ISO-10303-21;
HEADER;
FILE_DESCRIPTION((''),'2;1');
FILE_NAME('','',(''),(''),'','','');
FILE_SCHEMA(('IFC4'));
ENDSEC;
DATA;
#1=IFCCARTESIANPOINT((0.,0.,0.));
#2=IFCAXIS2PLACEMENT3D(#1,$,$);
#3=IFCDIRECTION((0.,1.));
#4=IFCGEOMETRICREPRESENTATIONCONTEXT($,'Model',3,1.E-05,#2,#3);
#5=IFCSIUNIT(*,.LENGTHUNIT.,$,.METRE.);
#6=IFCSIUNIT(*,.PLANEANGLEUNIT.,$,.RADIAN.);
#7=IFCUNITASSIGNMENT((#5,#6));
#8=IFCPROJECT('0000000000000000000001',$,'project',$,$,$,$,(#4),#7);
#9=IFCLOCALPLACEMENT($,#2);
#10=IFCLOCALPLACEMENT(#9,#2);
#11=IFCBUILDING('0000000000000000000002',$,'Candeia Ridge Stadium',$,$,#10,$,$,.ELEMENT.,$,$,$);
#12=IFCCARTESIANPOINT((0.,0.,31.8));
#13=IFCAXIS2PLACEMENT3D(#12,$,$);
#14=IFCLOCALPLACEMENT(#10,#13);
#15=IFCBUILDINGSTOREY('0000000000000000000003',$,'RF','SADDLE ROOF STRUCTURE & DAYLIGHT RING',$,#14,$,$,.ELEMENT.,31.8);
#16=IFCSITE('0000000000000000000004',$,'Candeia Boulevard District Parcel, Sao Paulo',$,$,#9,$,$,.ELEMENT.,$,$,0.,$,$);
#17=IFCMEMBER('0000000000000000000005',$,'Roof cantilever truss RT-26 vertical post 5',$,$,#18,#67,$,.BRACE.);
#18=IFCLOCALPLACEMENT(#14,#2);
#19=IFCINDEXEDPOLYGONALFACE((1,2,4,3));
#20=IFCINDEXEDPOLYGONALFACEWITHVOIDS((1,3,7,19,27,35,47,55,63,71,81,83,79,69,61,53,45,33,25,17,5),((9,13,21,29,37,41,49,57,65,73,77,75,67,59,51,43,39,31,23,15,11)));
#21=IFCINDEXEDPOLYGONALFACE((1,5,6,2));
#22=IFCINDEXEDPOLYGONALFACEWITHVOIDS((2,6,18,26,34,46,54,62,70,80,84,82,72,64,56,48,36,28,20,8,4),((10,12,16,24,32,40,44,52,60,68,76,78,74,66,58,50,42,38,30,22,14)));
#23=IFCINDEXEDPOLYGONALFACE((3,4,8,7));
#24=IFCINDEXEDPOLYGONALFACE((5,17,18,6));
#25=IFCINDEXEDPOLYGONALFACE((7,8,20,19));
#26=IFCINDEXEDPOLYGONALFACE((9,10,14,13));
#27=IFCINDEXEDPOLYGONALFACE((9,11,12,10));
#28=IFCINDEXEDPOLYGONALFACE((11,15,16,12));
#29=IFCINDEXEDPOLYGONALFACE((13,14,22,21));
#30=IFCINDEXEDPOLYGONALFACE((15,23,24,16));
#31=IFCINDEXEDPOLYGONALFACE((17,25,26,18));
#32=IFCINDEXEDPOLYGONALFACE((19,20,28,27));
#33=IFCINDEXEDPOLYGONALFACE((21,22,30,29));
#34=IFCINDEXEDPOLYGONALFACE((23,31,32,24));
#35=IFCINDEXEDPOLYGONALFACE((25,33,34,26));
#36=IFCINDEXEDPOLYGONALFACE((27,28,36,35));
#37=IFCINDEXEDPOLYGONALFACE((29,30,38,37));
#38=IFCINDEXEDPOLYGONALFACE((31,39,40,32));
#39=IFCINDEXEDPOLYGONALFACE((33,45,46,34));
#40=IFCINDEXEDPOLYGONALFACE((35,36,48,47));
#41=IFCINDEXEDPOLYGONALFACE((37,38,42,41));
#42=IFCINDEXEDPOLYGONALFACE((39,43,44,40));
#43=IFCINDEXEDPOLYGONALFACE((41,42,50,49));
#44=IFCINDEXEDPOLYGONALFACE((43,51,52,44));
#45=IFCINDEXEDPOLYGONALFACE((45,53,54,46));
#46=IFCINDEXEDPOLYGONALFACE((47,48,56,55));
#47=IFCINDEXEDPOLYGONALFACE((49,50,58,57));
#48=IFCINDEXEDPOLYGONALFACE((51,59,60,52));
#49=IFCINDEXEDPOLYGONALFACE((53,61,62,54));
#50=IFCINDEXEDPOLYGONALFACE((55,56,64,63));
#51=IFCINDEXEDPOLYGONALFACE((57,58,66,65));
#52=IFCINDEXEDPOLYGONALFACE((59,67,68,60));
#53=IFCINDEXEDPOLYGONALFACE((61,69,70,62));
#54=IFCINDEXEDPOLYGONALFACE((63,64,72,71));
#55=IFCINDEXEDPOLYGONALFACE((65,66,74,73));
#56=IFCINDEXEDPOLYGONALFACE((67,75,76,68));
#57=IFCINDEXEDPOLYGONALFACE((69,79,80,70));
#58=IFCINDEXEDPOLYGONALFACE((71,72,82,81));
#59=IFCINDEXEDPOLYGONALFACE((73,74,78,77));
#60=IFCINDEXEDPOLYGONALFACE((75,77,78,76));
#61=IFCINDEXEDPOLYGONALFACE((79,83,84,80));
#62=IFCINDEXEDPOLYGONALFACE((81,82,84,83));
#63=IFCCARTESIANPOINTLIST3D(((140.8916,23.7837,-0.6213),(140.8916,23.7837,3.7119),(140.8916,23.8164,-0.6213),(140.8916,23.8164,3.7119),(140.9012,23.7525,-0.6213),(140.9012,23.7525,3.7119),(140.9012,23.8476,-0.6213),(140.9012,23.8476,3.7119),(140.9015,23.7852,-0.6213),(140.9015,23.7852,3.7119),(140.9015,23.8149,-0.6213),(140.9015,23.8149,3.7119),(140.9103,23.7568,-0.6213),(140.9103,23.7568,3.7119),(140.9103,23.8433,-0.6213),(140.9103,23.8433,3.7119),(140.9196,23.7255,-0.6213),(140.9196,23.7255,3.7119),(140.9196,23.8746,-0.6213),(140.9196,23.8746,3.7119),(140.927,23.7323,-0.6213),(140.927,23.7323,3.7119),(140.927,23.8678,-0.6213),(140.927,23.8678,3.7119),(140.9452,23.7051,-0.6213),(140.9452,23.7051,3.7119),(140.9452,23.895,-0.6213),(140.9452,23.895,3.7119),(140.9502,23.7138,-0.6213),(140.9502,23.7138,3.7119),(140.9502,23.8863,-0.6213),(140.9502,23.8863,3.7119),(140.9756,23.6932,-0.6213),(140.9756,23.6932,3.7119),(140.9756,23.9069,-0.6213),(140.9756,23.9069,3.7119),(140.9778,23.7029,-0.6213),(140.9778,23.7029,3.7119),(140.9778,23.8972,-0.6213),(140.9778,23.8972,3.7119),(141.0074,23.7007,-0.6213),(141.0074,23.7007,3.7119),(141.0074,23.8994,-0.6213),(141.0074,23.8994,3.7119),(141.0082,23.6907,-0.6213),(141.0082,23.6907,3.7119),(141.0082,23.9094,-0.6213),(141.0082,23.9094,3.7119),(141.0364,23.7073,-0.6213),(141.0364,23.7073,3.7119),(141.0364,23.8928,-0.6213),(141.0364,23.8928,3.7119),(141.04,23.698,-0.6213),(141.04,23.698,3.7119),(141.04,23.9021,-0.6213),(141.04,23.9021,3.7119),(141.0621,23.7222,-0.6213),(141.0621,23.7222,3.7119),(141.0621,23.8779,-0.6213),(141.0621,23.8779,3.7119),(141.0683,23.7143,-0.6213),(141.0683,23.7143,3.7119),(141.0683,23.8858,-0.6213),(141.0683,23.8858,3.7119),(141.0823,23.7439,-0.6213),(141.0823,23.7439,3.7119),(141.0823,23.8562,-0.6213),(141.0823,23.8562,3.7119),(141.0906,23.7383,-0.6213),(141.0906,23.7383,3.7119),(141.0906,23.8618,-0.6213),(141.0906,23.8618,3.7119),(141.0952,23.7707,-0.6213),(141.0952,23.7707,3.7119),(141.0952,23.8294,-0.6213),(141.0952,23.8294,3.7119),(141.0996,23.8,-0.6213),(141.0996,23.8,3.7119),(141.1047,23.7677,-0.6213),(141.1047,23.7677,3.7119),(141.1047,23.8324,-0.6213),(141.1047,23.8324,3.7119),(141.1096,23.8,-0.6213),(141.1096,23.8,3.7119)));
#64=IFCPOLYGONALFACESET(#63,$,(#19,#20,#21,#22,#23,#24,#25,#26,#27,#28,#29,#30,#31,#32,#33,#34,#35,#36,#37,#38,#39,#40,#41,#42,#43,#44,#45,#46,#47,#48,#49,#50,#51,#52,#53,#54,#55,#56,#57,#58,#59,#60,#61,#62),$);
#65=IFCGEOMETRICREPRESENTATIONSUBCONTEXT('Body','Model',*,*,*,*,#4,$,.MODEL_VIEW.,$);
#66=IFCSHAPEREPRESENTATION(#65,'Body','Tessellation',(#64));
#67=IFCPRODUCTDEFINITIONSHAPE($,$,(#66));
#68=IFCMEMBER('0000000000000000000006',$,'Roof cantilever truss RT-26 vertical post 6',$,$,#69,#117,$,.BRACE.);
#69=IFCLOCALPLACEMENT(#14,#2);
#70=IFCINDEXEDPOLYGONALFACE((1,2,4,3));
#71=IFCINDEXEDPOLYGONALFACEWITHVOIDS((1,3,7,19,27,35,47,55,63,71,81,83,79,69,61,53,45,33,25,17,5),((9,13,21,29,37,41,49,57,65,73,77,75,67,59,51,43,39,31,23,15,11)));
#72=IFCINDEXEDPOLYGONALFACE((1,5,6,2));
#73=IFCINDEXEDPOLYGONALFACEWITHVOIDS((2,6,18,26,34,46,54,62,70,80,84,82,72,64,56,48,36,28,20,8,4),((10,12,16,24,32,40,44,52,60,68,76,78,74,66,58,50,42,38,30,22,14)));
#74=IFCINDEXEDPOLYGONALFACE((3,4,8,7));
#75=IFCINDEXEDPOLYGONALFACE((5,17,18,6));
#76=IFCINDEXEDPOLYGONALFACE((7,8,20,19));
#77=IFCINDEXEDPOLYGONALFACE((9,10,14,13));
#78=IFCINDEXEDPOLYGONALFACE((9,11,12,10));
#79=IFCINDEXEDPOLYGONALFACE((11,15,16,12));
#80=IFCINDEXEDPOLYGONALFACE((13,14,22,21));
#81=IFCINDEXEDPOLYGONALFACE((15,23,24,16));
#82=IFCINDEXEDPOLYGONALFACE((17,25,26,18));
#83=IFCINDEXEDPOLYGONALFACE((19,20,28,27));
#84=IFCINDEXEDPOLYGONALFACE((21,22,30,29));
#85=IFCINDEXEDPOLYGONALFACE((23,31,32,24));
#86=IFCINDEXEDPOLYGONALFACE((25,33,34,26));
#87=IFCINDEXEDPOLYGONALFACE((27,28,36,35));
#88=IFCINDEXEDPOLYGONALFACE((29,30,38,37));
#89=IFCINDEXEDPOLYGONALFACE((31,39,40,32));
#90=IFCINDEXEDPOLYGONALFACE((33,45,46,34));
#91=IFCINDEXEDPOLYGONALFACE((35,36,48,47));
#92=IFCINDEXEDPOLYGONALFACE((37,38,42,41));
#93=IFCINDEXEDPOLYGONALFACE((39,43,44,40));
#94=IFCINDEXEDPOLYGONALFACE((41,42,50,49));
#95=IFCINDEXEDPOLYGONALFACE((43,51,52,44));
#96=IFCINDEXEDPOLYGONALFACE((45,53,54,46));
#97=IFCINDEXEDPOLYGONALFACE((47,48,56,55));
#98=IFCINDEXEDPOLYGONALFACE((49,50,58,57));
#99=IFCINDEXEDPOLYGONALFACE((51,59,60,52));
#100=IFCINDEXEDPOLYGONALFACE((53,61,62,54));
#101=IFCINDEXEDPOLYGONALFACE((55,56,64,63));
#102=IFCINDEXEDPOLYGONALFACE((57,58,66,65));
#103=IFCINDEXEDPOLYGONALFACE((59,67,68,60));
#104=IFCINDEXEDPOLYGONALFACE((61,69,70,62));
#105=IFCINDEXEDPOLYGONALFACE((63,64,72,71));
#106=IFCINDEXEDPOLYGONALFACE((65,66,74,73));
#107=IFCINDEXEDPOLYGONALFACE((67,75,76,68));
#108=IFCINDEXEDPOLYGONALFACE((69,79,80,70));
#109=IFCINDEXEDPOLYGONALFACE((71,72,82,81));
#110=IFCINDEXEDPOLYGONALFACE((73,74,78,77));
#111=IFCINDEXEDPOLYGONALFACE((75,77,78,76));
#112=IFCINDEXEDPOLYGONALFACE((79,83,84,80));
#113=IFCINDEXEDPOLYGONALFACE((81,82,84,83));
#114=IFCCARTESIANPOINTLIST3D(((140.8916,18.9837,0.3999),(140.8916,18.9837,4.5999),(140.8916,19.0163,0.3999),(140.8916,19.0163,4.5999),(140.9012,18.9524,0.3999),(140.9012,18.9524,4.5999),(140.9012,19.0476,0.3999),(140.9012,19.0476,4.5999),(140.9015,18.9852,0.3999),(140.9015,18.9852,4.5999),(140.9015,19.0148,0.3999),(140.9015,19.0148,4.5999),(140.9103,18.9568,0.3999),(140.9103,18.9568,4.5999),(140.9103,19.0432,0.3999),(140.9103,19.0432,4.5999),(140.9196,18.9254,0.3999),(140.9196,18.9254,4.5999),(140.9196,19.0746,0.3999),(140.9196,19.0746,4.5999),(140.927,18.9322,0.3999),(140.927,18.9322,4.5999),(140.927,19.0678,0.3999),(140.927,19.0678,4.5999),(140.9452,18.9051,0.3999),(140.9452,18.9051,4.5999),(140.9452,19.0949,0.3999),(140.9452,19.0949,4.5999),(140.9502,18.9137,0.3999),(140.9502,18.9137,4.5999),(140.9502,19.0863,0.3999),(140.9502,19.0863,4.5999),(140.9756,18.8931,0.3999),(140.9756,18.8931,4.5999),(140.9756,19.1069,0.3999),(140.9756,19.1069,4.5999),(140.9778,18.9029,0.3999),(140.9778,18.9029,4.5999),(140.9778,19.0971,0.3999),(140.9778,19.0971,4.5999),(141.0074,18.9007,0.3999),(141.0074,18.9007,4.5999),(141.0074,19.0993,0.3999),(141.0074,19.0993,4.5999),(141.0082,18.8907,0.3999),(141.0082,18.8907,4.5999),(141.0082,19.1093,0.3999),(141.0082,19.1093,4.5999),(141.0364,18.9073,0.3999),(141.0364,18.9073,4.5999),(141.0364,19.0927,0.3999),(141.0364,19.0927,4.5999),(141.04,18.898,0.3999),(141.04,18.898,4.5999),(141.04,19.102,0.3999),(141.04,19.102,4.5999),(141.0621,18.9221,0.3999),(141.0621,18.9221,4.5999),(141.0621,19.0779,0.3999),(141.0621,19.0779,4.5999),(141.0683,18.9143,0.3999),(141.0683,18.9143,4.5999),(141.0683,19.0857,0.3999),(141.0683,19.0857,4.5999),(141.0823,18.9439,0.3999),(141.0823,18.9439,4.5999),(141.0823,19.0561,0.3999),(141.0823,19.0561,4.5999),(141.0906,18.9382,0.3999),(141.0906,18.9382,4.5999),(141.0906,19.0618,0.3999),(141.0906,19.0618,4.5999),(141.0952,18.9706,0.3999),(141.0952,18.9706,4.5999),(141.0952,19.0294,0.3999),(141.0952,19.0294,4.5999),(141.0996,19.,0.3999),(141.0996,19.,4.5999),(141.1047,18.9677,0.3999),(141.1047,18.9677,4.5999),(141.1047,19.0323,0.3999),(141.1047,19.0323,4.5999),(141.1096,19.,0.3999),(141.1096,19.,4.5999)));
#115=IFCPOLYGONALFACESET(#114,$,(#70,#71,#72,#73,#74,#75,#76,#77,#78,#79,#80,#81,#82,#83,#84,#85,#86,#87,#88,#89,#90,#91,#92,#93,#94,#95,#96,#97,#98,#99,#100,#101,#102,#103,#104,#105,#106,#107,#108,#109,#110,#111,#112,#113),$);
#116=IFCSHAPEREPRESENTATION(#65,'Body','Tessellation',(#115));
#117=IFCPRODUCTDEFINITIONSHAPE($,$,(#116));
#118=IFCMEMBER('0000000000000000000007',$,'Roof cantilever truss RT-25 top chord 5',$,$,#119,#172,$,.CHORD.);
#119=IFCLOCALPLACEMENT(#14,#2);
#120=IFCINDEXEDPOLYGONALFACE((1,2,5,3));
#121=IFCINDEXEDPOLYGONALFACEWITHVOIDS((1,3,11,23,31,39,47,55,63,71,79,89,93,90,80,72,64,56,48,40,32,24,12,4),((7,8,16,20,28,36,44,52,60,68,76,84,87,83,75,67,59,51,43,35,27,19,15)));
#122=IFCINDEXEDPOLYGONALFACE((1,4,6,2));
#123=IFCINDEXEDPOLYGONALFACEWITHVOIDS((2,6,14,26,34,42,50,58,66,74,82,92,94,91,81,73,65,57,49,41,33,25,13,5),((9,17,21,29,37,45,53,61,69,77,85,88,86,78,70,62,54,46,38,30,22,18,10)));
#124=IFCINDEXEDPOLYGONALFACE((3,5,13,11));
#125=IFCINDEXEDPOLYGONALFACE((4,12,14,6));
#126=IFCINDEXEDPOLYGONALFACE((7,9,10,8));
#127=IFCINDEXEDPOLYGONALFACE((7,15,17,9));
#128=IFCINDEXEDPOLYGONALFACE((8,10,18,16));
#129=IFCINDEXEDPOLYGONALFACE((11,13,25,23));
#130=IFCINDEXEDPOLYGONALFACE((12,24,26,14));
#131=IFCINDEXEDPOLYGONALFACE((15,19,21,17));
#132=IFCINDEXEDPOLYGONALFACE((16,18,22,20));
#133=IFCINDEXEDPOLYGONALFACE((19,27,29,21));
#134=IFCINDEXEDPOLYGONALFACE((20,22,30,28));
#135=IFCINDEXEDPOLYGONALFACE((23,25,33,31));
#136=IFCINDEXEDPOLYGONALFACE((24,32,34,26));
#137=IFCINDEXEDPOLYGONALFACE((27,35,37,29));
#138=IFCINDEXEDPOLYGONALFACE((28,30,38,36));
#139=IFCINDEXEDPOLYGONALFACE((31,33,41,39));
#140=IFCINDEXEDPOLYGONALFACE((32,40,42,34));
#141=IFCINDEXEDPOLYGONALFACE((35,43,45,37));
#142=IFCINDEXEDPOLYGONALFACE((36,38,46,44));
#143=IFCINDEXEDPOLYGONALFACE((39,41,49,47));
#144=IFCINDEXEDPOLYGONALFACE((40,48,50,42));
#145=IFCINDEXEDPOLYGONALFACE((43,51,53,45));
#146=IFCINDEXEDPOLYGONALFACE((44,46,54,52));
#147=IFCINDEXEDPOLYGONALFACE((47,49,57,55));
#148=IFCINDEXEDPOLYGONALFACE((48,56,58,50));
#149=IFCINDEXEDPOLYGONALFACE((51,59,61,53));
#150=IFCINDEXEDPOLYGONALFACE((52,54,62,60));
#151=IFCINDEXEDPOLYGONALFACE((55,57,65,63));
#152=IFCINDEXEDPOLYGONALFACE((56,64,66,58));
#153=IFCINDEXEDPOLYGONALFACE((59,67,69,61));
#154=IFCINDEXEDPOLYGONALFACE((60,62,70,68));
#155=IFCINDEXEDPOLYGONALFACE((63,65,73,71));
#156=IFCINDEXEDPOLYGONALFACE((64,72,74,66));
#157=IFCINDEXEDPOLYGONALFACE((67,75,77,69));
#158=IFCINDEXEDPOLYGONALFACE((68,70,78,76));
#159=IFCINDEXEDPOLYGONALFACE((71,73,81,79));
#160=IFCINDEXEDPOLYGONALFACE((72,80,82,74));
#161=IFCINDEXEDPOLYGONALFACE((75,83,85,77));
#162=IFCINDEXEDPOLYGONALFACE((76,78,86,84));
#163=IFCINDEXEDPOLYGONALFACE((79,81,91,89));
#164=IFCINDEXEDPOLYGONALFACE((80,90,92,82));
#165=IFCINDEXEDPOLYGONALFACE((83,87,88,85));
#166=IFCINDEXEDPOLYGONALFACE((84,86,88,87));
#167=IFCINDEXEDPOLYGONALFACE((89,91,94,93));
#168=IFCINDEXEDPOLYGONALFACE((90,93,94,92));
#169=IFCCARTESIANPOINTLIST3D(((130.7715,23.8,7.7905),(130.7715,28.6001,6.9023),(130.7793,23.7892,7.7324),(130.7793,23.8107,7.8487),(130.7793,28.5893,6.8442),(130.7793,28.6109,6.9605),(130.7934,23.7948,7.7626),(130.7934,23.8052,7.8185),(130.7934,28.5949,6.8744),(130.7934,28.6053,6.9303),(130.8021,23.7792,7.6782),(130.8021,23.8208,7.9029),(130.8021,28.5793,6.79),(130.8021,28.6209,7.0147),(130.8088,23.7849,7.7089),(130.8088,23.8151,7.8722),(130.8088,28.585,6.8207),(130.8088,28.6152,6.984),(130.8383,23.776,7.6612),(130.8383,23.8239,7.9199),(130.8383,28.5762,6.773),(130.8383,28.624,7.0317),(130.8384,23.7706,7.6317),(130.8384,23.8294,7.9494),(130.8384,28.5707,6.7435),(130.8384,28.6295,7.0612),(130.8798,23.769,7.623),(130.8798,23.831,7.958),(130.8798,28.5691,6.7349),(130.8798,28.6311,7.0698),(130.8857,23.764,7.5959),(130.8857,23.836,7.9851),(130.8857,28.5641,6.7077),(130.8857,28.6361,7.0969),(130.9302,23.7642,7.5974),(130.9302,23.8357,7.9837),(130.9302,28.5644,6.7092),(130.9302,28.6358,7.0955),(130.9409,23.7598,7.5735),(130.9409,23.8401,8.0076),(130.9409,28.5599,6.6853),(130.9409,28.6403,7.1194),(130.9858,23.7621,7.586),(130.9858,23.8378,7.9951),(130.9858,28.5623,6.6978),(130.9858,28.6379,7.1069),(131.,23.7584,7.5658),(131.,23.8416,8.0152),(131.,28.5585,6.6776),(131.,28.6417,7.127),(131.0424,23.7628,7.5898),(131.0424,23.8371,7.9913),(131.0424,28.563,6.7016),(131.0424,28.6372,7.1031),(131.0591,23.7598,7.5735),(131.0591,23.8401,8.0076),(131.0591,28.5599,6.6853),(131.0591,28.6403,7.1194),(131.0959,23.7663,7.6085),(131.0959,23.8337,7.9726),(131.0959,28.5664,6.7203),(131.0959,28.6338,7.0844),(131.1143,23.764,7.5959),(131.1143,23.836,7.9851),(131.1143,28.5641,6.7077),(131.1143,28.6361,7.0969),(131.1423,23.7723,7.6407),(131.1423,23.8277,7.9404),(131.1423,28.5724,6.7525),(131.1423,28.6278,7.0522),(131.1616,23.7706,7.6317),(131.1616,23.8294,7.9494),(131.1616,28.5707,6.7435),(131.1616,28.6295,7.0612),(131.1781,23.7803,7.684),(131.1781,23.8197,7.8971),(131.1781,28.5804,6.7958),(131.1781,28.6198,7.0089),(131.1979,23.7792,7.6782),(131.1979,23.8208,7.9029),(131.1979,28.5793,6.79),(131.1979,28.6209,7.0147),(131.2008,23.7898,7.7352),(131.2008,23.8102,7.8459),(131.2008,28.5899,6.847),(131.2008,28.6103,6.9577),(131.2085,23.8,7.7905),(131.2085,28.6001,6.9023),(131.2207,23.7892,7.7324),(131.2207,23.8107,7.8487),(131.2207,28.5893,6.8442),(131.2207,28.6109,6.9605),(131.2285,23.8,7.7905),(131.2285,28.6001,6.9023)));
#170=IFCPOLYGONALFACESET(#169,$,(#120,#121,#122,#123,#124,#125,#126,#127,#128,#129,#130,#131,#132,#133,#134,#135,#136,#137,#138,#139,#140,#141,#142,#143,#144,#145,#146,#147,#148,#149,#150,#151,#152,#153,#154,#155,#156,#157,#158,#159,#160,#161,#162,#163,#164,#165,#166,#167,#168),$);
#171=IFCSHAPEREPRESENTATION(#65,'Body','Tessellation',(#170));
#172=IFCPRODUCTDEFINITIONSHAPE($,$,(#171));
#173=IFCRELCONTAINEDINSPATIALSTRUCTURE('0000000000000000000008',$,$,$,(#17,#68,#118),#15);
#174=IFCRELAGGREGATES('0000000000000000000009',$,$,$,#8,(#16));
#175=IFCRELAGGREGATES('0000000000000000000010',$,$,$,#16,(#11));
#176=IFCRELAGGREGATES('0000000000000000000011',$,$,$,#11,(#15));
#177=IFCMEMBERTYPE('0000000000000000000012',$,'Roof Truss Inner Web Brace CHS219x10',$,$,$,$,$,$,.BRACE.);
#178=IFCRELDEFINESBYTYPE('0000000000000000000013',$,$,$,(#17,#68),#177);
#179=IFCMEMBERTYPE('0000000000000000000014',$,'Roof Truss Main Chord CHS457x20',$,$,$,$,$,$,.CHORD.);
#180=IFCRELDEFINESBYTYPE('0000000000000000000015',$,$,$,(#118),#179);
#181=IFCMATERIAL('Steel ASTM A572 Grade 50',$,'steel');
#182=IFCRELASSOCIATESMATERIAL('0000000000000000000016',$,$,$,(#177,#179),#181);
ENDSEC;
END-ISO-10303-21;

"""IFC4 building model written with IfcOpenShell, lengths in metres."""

from ifc_helpers import new_model, si_unit, direction, frame, origin, origin_2d, place, context, subcontext, project, spatial, hollow_circle, extrude, material, material_profile, profile_set, type_object, element, save


model = new_model("IFC4")

# Units and contexts
model_context = context("Model", 3, precision=1e-05, world=origin(), true_north=direction((0.0, 1.0)))
body_context = subcontext(model_context, "Body", "Model", "MODEL_VIEW")
ifc_project = project(units=[si_unit("LENGTHUNIT", "METRE"), si_unit("PLANEANGLEUNIT", "RADIAN")], contexts=[model_context])

# Site, building, storey
site_placement = place(None, origin())
site = spatial("IfcSite", under=ifc_project, at=site_placement, Name="Candeia Boulevard District Parcel, Sao Paulo", CompositionType="ELEMENT", RefElevation=0.0)
building_placement = place(site_placement, origin())
building = spatial("IfcBuilding", under=site, at=building_placement, Name="Candeia Ridge Stadium", CompositionType="ELEMENT")
storey_placement = place(building_placement, frame((0.0, 0.0, 31.8)))
storey = spatial("IfcBuildingStorey", under=building, at=storey_placement, Name="RF", Description="SADDLE ROOF STRUCTURE & DAYLIGHT RING", CompositionType="ELEMENT", Elevation=31.8)

# Shared definitions
ifc_material_1 = material(Name="Steel ASTM A572 Grade 50", Category="steel")

# Members
ifc_material_profile_1 = material_profile(ifc_material_1, hollow_circle(Radius=0.1096, WallThickness=0.01, at=origin_2d()), Name="CHS219x10", Category="steel")
ifc_profile_set_1 = profile_set([ifc_material_profile_1], Name="Steel ASTM A572 Grade 50")
member_type_1 = type_object("IfcMemberType", Name="Roof Truss Inner Web Brace CHS219x10", PredefinedType="BRACE", material=ifc_profile_set_1)
member_1_placement = place(storey_placement, frame((141.0, 23.8, -0.6213), z_axis=(0.0, 0.0, 1.0), x_axis=(1.0, 0.0, 0.0)))
element("IfcMember", 1, at=member_1_placement, inside=storey, type_object=member_type_1, Name="Roof cantilever truss RT-26 vertical post 5", PredefinedType="BRACE", context=body_context, shape_type="SweptSolid", body=[
    extrude(hollow_circle(Radius=0.1096, WallThickness=0.01, at=origin_2d()), origin(), (0.0, 0.0, 1.0), 4.3333),
])
member_2_placement = place(storey_placement, frame((141.0, 19.0, 0.3999), z_axis=(0.0, 0.0, 1.0), x_axis=(1.0, 0.0, 0.0)))
element("IfcMember", 2, at=member_2_placement, inside=storey, type_object=member_type_1, Name="Roof cantilever truss RT-26 vertical post 6", PredefinedType="BRACE", context=body_context, shape_type="SweptSolid", body=[
    extrude(hollow_circle(Radius=0.1096, WallThickness=0.01, at=origin_2d()), origin(), (0.0, 0.0, 1.0), 4.2),
])
ifc_material_profile_2 = material_profile(ifc_material_1, hollow_circle(Radius=0.2285, WallThickness=0.02, at=origin_2d()), Name="CHS457x20", Category="steel")
ifc_profile_set_2 = profile_set([ifc_material_profile_2], Name="Steel ASTM A572 Grade 50")
member_type_2 = type_object("IfcMemberType", Name="Roof Truss Main Chord CHS457x20", PredefinedType="CHORD", material=ifc_profile_set_2)
for number, where, z_axis, x_axis, name in (
    (3, (131.0, 28.6001, 6.9023), (0.0, -0.983308, 0.181948), (1.0, 0.0, 0.0), "Roof cantilever truss RT-25 top chord 5"),
):
    element("IfcMember", number, at=place(storey_placement, frame(where, z_axis=z_axis, x_axis=x_axis)), inside=storey, type_object=member_type_2, Name=name, PredefinedType="CHORD", context=body_context, shape_type="SweptSolid", body=[
        extrude(hollow_circle(Radius=0.2285, WallThickness=0.02, at=origin_2d()), origin(), (0.0, 0.0, 1.0), 4.8816),
    ])

save(model, "model.ifc")
